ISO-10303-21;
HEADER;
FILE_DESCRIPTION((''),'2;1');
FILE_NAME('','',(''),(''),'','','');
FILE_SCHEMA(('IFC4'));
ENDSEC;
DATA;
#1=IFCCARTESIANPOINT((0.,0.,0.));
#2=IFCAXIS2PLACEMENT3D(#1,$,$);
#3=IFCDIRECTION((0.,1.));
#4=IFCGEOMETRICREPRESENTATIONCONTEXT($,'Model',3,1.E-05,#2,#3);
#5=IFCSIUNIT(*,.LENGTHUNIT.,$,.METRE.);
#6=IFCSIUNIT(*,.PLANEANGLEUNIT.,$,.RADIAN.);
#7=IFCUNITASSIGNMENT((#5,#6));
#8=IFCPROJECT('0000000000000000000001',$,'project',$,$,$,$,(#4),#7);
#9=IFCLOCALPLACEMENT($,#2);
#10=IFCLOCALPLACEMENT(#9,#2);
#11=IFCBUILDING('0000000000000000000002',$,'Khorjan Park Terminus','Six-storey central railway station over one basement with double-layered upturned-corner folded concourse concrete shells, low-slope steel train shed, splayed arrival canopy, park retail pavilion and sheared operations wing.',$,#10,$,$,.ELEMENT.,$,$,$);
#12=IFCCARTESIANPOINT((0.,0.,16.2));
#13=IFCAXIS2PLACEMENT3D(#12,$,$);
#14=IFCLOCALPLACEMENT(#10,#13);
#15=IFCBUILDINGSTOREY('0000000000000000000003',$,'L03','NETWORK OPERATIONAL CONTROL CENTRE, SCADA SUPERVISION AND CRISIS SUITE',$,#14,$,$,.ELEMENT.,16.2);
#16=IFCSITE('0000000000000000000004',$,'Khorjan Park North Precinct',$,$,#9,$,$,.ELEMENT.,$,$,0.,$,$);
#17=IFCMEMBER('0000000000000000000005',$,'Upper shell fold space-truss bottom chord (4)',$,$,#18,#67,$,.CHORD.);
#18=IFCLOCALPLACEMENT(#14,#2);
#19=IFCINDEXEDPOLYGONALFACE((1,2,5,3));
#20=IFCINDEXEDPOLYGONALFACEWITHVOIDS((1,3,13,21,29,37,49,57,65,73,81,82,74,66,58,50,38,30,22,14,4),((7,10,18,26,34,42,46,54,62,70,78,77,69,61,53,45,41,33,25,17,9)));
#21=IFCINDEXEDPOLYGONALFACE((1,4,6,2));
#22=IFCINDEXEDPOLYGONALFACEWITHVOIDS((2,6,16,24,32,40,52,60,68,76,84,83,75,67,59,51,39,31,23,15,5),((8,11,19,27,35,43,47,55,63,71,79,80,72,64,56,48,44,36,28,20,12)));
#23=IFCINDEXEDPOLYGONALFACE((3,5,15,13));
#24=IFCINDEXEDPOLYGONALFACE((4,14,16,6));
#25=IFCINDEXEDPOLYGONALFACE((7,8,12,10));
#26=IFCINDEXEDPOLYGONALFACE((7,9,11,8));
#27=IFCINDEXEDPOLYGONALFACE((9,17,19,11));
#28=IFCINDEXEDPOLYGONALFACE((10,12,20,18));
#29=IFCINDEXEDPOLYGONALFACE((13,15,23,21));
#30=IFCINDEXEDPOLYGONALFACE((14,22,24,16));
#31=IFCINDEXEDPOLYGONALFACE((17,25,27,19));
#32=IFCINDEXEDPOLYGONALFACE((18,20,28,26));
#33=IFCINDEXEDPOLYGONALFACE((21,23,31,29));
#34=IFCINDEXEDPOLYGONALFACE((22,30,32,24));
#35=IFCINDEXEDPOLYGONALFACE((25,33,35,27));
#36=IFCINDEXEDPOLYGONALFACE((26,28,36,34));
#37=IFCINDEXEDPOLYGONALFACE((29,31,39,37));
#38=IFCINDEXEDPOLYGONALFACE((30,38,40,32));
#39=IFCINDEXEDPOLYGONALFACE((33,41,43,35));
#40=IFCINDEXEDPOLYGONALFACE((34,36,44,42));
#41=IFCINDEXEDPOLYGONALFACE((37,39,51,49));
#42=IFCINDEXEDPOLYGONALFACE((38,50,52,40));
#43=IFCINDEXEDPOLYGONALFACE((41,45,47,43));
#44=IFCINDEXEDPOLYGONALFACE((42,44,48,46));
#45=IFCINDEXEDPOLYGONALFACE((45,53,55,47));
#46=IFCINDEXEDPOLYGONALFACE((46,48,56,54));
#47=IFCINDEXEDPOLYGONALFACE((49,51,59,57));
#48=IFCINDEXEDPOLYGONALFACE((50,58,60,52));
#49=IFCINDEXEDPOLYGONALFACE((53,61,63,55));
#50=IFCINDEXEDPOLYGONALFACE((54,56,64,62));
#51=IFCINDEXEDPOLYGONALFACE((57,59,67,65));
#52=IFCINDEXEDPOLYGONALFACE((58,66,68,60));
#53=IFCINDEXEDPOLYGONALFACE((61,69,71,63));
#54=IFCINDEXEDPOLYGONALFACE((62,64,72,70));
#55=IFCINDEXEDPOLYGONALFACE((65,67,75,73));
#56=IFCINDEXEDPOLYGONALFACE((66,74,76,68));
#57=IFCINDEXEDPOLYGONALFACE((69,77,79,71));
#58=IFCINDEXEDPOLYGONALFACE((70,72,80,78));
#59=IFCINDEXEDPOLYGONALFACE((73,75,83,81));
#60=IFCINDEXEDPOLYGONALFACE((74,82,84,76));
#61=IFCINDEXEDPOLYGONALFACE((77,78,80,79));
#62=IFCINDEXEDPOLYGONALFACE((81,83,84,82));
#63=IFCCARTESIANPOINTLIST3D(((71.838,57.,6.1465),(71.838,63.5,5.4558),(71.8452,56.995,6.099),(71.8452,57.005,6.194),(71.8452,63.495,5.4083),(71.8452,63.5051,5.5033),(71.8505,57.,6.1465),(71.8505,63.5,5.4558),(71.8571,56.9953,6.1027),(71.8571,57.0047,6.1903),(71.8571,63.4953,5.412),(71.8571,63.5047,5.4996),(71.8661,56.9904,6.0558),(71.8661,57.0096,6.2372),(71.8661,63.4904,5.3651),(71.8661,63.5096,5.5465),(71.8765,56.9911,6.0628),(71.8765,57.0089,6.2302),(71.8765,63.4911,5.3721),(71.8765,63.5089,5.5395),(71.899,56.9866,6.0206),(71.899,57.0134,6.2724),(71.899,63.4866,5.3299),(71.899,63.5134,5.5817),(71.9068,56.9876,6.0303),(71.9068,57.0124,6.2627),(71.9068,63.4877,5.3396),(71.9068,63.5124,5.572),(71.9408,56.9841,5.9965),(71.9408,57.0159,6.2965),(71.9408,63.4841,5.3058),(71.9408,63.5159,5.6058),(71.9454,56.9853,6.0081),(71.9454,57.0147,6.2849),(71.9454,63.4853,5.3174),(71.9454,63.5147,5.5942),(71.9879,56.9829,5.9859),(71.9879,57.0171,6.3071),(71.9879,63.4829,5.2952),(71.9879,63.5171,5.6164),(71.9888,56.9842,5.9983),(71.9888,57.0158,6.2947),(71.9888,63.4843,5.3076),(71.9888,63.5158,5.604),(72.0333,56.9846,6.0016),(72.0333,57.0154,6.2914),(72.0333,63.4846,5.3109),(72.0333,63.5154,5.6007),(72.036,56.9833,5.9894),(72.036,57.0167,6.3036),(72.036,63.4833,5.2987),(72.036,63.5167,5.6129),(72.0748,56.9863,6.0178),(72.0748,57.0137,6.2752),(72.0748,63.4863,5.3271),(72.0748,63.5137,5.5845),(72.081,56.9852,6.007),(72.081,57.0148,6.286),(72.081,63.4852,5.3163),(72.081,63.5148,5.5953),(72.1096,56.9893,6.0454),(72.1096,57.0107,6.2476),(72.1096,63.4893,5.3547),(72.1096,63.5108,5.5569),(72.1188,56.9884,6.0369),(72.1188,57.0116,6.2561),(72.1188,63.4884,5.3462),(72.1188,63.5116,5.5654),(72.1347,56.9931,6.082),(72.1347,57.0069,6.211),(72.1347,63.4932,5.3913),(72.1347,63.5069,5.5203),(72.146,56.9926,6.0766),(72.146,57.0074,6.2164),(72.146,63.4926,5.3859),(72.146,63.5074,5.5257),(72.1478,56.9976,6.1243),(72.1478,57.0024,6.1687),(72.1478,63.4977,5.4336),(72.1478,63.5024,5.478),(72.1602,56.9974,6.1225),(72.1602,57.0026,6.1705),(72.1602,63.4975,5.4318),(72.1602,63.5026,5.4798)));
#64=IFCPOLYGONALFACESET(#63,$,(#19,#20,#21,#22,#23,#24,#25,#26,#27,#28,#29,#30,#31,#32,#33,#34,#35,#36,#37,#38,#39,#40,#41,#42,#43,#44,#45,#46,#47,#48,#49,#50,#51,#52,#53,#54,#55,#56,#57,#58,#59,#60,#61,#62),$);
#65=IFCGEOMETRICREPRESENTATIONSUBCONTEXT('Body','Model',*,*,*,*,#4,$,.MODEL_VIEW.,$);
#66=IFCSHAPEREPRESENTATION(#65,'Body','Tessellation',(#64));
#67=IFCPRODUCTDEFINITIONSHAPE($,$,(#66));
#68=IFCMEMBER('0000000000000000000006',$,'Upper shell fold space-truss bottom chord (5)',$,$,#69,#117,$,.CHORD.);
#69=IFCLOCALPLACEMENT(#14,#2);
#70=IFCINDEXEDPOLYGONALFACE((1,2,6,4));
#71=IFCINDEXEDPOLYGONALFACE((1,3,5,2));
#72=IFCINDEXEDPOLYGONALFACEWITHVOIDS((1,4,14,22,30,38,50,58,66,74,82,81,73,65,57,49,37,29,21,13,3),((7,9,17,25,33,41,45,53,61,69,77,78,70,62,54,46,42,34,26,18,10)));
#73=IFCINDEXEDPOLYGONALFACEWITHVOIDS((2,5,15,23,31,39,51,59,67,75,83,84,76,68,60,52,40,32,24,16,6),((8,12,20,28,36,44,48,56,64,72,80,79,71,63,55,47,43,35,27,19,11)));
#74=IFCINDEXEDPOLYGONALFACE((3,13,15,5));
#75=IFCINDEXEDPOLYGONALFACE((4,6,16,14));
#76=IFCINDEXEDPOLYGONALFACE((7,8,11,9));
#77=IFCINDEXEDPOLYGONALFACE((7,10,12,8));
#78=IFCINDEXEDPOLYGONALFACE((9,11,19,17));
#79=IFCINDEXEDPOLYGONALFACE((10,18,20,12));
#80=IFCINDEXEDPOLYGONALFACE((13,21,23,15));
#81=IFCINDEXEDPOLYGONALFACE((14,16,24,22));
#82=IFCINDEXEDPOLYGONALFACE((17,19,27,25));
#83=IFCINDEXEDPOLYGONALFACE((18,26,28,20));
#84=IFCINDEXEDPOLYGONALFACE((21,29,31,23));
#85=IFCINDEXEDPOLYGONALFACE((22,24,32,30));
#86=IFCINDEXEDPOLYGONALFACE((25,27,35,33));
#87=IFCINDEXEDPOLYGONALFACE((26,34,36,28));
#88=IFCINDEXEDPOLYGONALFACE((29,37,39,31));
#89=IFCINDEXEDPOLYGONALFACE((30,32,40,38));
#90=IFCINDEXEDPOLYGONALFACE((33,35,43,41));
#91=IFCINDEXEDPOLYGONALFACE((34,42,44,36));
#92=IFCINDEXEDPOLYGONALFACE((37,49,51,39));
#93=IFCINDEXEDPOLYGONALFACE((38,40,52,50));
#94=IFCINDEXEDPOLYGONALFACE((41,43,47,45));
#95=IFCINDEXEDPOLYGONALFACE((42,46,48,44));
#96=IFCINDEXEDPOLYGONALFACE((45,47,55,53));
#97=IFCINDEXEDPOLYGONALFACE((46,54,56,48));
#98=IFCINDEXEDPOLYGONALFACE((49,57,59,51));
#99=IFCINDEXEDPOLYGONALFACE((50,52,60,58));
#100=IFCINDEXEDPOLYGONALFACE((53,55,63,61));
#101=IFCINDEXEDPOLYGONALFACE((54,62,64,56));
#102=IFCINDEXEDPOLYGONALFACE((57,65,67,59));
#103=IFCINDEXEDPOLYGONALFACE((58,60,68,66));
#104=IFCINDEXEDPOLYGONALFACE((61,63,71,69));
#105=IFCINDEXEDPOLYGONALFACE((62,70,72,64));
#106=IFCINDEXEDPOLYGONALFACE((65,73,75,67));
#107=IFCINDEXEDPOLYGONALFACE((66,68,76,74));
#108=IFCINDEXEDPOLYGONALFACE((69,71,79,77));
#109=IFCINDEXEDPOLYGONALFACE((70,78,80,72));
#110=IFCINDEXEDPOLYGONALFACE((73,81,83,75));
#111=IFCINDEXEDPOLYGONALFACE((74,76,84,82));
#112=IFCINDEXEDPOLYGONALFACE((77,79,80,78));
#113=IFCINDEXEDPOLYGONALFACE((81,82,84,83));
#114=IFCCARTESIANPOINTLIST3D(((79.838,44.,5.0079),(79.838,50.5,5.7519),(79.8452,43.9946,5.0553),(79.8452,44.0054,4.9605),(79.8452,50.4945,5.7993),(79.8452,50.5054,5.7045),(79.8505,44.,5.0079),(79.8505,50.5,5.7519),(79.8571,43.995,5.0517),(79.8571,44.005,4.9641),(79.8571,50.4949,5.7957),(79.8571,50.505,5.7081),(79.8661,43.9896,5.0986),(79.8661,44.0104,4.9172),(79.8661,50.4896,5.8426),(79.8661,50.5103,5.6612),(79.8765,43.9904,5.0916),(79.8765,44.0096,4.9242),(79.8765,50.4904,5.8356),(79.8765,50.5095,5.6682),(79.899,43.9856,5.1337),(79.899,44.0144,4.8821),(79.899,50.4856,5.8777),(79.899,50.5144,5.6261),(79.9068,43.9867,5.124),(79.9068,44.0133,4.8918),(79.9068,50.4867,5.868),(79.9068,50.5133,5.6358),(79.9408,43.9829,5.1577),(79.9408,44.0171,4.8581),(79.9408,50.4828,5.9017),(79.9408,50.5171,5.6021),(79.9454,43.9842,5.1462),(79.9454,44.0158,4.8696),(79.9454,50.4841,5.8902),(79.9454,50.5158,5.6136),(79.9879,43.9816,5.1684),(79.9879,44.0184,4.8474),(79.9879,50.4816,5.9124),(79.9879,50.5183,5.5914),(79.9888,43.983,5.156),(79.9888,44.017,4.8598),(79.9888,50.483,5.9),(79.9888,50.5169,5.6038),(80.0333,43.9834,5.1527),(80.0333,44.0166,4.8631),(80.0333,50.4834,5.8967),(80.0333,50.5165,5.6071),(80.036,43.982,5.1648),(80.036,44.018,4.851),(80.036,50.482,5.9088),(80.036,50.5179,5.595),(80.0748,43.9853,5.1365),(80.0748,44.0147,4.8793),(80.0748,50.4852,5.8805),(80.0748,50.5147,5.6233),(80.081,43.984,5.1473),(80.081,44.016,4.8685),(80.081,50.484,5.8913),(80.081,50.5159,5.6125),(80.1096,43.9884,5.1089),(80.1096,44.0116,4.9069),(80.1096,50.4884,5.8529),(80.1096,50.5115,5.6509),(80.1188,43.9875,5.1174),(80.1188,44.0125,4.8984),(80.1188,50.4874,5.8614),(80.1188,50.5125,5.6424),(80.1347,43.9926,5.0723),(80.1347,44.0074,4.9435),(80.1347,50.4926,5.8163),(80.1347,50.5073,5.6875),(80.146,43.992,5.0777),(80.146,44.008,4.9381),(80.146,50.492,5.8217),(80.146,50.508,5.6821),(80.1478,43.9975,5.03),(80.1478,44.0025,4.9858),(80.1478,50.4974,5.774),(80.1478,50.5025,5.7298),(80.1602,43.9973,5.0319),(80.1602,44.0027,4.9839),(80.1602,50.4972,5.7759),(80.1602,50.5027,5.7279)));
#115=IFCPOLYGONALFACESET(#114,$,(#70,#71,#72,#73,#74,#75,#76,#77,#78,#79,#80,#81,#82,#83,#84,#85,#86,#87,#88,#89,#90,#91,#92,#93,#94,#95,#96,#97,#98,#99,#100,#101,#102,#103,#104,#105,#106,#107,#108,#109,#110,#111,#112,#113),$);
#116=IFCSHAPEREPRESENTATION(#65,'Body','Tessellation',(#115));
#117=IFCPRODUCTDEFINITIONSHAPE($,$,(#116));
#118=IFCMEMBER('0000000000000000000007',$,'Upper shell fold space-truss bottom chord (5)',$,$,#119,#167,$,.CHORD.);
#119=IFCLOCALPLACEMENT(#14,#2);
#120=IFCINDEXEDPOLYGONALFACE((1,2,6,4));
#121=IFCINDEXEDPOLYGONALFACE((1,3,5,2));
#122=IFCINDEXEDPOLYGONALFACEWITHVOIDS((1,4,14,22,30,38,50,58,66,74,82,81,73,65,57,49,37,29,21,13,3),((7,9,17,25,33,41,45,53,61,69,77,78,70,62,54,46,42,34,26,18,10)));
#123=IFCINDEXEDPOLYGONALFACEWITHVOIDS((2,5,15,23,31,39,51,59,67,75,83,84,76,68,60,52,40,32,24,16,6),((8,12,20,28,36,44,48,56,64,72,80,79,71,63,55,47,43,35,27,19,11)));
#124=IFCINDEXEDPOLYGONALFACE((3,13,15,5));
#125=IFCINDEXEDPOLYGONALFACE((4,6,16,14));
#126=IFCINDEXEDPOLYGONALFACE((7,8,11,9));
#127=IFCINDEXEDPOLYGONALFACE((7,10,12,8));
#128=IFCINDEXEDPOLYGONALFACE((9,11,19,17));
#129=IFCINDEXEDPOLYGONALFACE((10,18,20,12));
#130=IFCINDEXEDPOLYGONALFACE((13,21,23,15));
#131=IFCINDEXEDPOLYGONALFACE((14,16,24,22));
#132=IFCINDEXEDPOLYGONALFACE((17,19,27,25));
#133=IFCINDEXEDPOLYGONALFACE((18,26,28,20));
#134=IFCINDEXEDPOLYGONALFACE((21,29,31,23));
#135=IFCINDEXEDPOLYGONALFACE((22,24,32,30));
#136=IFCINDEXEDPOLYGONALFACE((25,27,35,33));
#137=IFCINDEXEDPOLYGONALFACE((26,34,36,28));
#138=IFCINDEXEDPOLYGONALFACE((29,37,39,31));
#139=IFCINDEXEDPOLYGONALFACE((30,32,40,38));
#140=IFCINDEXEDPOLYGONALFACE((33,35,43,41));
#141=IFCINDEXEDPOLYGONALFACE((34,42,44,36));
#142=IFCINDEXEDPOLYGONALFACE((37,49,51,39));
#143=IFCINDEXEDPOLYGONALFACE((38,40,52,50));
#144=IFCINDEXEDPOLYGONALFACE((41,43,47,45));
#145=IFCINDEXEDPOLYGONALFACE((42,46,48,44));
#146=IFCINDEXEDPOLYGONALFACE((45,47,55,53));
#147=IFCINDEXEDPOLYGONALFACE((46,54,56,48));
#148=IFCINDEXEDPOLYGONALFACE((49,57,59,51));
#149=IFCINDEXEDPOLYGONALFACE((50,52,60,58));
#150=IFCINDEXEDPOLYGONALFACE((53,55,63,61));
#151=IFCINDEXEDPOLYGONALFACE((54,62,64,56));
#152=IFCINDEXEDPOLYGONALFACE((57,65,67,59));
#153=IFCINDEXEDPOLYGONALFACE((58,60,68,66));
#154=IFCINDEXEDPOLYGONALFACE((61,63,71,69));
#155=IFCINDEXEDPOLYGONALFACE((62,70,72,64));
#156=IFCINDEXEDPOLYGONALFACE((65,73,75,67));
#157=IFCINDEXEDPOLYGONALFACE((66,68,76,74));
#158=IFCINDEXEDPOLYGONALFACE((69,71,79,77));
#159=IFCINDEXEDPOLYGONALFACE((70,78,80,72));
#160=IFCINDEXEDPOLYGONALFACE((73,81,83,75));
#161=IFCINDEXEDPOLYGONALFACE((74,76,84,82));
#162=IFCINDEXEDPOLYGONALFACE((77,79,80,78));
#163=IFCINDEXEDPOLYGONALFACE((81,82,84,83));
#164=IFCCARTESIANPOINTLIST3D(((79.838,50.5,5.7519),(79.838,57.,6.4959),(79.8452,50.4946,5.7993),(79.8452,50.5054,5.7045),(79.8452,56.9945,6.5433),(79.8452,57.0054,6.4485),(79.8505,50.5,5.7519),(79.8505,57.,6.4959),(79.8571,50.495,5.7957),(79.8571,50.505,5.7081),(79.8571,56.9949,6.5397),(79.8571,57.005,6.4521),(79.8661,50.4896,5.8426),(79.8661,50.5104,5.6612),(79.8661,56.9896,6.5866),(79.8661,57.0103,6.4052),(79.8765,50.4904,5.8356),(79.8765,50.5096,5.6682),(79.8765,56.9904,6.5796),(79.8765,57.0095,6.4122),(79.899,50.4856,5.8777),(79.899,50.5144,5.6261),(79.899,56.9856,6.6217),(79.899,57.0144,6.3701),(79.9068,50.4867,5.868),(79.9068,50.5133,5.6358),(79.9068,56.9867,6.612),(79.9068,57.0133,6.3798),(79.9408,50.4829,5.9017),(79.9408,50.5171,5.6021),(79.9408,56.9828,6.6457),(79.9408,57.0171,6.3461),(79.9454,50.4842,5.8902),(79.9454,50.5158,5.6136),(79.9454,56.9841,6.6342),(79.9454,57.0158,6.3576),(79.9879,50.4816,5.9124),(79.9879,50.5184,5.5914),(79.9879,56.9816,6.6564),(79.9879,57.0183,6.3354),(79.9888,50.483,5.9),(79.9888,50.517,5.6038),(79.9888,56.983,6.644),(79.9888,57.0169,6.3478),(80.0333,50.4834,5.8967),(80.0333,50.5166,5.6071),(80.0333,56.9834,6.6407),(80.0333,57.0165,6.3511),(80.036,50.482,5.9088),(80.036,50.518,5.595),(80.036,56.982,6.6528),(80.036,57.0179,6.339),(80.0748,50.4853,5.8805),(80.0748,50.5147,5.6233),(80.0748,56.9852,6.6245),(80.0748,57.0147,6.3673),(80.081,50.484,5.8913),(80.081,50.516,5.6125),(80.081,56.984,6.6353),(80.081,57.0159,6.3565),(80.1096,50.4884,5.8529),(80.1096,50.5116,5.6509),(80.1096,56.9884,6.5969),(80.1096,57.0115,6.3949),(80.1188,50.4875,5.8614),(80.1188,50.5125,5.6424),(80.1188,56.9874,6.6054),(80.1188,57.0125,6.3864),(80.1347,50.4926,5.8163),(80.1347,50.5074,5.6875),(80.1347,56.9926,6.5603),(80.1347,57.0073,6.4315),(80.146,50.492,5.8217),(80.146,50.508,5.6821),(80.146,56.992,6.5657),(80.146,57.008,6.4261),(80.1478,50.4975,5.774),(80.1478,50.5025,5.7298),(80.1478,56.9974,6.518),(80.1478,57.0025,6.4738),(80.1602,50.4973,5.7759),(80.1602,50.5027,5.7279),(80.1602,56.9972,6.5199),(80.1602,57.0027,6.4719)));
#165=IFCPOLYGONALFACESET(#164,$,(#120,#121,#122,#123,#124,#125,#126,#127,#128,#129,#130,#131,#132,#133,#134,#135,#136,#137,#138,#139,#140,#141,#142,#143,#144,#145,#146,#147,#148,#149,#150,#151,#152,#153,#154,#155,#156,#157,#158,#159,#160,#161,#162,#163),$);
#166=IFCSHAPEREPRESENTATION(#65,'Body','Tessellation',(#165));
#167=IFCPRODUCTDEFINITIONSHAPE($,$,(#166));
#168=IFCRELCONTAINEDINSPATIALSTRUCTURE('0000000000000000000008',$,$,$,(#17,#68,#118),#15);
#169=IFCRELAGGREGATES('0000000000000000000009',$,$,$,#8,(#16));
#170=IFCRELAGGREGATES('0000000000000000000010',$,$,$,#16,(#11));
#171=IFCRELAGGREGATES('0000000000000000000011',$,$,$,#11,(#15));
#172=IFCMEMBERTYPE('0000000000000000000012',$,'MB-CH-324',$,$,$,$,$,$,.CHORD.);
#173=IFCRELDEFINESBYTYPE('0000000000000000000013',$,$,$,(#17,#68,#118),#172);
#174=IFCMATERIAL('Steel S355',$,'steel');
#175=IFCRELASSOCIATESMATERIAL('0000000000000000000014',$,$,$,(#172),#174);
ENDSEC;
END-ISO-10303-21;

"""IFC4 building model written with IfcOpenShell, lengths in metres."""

from ifc_helpers import new_model, si_unit, direction, frame, origin, origin_2d, place, context, subcontext, project, spatial, hollow_circle, extrude, material, material_profile, profile_set, type_object, element, save


model = new_model("IFC4")

# Units and contexts
model_context = context("Model", 3, precision=1e-05, world=origin(), true_north=direction((0.0, 1.0)))
body_context = subcontext(model_context, "Body", "Model", "MODEL_VIEW")
ifc_project = project(units=[si_unit("LENGTHUNIT", "METRE"), si_unit("PLANEANGLEUNIT", "RADIAN")], contexts=[model_context])

# Site, building, storey
site_placement = place(None, origin())
site = spatial("IfcSite", under=ifc_project, at=site_placement, Name="Khorjan Park North Precinct", CompositionType="ELEMENT", RefElevation=0.0)
building_placement = place(site_placement, origin())
building = spatial("IfcBuilding", under=site, at=building_placement, Name="Khorjan Park Terminus", Description="Six-storey central railway station over one basement with double-layered upturned-corner folded concourse concrete shells, low-slope steel train shed, splayed arrival canopy, park retail pavilion and sheared operations wing.", CompositionType="ELEMENT")
storey_placement = place(building_placement, frame((0.0, 0.0, 16.2)))
storey = spatial("IfcBuildingStorey", under=building, at=storey_placement, Name="L03", Description="NETWORK OPERATIONAL CONTROL CENTRE, SCADA SUPERVISION AND CRISIS SUITE", CompositionType="ELEMENT", Elevation=16.2)

# Members
ifc_material = material(Name="Steel S355", Category="steel")
ifc_material_profile_1 = material_profile(ifc_material, hollow_circle(Radius=0.162, WallThickness=0.0125, at=origin_2d()), Name="CHS 323.9x12.5")
ifc_profile_set_1 = profile_set([ifc_material_profile_1], Name="Steel S355")
member_type_1 = type_object("IfcMemberType", Name="MB-CH-324", PredefinedType="CHORD", material=ifc_profile_set_1)
for number, where, z_axis, x_axis, name in (
    (1, (72.0, 57.0, 6.1465), (0.0, 0.994402, -0.105667), (-1.0, 0.0, 0.0), "Upper shell fold space-truss bottom chord (4)"),
):
    element("IfcMember", number, at=place(storey_placement, frame(where, z_axis=z_axis, x_axis=x_axis)), inside=storey, type_object=member_type_1, Name=name, PredefinedType="CHORD", context=body_context, shape_type="SweptSolid", body=[
        extrude(hollow_circle(Radius=0.162, WallThickness=0.0125, at=origin_2d()), origin(), (0.0, 0.0, 1.0), 6.5366),
    ])
for number, where, z_axis, x_axis, name in (
    (2, (80.0, 44.0, 5.0079), (0.0, 0.993513, 0.113719), (-1.0, 0.0, 0.0), "Upper shell fold space-truss bottom chord (5)"),
    (3, (80.0, 50.5, 5.7519), (0.0, 0.993513, 0.113719), (-1.0, 0.0, 0.0), "Upper shell fold space-truss bottom chord (5)"),
):
    element("IfcMember", number, at=place(storey_placement, frame(where, z_axis=z_axis, x_axis=x_axis)), inside=storey, type_object=member_type_1, Name=name, PredefinedType="CHORD", context=body_context, shape_type="SweptSolid", body=[
        extrude(hollow_circle(Radius=0.162, WallThickness=0.0125, at=origin_2d()), origin(), (0.0, 0.0, 1.0), 6.5424),
    ])

save(model, "model.ifc")
